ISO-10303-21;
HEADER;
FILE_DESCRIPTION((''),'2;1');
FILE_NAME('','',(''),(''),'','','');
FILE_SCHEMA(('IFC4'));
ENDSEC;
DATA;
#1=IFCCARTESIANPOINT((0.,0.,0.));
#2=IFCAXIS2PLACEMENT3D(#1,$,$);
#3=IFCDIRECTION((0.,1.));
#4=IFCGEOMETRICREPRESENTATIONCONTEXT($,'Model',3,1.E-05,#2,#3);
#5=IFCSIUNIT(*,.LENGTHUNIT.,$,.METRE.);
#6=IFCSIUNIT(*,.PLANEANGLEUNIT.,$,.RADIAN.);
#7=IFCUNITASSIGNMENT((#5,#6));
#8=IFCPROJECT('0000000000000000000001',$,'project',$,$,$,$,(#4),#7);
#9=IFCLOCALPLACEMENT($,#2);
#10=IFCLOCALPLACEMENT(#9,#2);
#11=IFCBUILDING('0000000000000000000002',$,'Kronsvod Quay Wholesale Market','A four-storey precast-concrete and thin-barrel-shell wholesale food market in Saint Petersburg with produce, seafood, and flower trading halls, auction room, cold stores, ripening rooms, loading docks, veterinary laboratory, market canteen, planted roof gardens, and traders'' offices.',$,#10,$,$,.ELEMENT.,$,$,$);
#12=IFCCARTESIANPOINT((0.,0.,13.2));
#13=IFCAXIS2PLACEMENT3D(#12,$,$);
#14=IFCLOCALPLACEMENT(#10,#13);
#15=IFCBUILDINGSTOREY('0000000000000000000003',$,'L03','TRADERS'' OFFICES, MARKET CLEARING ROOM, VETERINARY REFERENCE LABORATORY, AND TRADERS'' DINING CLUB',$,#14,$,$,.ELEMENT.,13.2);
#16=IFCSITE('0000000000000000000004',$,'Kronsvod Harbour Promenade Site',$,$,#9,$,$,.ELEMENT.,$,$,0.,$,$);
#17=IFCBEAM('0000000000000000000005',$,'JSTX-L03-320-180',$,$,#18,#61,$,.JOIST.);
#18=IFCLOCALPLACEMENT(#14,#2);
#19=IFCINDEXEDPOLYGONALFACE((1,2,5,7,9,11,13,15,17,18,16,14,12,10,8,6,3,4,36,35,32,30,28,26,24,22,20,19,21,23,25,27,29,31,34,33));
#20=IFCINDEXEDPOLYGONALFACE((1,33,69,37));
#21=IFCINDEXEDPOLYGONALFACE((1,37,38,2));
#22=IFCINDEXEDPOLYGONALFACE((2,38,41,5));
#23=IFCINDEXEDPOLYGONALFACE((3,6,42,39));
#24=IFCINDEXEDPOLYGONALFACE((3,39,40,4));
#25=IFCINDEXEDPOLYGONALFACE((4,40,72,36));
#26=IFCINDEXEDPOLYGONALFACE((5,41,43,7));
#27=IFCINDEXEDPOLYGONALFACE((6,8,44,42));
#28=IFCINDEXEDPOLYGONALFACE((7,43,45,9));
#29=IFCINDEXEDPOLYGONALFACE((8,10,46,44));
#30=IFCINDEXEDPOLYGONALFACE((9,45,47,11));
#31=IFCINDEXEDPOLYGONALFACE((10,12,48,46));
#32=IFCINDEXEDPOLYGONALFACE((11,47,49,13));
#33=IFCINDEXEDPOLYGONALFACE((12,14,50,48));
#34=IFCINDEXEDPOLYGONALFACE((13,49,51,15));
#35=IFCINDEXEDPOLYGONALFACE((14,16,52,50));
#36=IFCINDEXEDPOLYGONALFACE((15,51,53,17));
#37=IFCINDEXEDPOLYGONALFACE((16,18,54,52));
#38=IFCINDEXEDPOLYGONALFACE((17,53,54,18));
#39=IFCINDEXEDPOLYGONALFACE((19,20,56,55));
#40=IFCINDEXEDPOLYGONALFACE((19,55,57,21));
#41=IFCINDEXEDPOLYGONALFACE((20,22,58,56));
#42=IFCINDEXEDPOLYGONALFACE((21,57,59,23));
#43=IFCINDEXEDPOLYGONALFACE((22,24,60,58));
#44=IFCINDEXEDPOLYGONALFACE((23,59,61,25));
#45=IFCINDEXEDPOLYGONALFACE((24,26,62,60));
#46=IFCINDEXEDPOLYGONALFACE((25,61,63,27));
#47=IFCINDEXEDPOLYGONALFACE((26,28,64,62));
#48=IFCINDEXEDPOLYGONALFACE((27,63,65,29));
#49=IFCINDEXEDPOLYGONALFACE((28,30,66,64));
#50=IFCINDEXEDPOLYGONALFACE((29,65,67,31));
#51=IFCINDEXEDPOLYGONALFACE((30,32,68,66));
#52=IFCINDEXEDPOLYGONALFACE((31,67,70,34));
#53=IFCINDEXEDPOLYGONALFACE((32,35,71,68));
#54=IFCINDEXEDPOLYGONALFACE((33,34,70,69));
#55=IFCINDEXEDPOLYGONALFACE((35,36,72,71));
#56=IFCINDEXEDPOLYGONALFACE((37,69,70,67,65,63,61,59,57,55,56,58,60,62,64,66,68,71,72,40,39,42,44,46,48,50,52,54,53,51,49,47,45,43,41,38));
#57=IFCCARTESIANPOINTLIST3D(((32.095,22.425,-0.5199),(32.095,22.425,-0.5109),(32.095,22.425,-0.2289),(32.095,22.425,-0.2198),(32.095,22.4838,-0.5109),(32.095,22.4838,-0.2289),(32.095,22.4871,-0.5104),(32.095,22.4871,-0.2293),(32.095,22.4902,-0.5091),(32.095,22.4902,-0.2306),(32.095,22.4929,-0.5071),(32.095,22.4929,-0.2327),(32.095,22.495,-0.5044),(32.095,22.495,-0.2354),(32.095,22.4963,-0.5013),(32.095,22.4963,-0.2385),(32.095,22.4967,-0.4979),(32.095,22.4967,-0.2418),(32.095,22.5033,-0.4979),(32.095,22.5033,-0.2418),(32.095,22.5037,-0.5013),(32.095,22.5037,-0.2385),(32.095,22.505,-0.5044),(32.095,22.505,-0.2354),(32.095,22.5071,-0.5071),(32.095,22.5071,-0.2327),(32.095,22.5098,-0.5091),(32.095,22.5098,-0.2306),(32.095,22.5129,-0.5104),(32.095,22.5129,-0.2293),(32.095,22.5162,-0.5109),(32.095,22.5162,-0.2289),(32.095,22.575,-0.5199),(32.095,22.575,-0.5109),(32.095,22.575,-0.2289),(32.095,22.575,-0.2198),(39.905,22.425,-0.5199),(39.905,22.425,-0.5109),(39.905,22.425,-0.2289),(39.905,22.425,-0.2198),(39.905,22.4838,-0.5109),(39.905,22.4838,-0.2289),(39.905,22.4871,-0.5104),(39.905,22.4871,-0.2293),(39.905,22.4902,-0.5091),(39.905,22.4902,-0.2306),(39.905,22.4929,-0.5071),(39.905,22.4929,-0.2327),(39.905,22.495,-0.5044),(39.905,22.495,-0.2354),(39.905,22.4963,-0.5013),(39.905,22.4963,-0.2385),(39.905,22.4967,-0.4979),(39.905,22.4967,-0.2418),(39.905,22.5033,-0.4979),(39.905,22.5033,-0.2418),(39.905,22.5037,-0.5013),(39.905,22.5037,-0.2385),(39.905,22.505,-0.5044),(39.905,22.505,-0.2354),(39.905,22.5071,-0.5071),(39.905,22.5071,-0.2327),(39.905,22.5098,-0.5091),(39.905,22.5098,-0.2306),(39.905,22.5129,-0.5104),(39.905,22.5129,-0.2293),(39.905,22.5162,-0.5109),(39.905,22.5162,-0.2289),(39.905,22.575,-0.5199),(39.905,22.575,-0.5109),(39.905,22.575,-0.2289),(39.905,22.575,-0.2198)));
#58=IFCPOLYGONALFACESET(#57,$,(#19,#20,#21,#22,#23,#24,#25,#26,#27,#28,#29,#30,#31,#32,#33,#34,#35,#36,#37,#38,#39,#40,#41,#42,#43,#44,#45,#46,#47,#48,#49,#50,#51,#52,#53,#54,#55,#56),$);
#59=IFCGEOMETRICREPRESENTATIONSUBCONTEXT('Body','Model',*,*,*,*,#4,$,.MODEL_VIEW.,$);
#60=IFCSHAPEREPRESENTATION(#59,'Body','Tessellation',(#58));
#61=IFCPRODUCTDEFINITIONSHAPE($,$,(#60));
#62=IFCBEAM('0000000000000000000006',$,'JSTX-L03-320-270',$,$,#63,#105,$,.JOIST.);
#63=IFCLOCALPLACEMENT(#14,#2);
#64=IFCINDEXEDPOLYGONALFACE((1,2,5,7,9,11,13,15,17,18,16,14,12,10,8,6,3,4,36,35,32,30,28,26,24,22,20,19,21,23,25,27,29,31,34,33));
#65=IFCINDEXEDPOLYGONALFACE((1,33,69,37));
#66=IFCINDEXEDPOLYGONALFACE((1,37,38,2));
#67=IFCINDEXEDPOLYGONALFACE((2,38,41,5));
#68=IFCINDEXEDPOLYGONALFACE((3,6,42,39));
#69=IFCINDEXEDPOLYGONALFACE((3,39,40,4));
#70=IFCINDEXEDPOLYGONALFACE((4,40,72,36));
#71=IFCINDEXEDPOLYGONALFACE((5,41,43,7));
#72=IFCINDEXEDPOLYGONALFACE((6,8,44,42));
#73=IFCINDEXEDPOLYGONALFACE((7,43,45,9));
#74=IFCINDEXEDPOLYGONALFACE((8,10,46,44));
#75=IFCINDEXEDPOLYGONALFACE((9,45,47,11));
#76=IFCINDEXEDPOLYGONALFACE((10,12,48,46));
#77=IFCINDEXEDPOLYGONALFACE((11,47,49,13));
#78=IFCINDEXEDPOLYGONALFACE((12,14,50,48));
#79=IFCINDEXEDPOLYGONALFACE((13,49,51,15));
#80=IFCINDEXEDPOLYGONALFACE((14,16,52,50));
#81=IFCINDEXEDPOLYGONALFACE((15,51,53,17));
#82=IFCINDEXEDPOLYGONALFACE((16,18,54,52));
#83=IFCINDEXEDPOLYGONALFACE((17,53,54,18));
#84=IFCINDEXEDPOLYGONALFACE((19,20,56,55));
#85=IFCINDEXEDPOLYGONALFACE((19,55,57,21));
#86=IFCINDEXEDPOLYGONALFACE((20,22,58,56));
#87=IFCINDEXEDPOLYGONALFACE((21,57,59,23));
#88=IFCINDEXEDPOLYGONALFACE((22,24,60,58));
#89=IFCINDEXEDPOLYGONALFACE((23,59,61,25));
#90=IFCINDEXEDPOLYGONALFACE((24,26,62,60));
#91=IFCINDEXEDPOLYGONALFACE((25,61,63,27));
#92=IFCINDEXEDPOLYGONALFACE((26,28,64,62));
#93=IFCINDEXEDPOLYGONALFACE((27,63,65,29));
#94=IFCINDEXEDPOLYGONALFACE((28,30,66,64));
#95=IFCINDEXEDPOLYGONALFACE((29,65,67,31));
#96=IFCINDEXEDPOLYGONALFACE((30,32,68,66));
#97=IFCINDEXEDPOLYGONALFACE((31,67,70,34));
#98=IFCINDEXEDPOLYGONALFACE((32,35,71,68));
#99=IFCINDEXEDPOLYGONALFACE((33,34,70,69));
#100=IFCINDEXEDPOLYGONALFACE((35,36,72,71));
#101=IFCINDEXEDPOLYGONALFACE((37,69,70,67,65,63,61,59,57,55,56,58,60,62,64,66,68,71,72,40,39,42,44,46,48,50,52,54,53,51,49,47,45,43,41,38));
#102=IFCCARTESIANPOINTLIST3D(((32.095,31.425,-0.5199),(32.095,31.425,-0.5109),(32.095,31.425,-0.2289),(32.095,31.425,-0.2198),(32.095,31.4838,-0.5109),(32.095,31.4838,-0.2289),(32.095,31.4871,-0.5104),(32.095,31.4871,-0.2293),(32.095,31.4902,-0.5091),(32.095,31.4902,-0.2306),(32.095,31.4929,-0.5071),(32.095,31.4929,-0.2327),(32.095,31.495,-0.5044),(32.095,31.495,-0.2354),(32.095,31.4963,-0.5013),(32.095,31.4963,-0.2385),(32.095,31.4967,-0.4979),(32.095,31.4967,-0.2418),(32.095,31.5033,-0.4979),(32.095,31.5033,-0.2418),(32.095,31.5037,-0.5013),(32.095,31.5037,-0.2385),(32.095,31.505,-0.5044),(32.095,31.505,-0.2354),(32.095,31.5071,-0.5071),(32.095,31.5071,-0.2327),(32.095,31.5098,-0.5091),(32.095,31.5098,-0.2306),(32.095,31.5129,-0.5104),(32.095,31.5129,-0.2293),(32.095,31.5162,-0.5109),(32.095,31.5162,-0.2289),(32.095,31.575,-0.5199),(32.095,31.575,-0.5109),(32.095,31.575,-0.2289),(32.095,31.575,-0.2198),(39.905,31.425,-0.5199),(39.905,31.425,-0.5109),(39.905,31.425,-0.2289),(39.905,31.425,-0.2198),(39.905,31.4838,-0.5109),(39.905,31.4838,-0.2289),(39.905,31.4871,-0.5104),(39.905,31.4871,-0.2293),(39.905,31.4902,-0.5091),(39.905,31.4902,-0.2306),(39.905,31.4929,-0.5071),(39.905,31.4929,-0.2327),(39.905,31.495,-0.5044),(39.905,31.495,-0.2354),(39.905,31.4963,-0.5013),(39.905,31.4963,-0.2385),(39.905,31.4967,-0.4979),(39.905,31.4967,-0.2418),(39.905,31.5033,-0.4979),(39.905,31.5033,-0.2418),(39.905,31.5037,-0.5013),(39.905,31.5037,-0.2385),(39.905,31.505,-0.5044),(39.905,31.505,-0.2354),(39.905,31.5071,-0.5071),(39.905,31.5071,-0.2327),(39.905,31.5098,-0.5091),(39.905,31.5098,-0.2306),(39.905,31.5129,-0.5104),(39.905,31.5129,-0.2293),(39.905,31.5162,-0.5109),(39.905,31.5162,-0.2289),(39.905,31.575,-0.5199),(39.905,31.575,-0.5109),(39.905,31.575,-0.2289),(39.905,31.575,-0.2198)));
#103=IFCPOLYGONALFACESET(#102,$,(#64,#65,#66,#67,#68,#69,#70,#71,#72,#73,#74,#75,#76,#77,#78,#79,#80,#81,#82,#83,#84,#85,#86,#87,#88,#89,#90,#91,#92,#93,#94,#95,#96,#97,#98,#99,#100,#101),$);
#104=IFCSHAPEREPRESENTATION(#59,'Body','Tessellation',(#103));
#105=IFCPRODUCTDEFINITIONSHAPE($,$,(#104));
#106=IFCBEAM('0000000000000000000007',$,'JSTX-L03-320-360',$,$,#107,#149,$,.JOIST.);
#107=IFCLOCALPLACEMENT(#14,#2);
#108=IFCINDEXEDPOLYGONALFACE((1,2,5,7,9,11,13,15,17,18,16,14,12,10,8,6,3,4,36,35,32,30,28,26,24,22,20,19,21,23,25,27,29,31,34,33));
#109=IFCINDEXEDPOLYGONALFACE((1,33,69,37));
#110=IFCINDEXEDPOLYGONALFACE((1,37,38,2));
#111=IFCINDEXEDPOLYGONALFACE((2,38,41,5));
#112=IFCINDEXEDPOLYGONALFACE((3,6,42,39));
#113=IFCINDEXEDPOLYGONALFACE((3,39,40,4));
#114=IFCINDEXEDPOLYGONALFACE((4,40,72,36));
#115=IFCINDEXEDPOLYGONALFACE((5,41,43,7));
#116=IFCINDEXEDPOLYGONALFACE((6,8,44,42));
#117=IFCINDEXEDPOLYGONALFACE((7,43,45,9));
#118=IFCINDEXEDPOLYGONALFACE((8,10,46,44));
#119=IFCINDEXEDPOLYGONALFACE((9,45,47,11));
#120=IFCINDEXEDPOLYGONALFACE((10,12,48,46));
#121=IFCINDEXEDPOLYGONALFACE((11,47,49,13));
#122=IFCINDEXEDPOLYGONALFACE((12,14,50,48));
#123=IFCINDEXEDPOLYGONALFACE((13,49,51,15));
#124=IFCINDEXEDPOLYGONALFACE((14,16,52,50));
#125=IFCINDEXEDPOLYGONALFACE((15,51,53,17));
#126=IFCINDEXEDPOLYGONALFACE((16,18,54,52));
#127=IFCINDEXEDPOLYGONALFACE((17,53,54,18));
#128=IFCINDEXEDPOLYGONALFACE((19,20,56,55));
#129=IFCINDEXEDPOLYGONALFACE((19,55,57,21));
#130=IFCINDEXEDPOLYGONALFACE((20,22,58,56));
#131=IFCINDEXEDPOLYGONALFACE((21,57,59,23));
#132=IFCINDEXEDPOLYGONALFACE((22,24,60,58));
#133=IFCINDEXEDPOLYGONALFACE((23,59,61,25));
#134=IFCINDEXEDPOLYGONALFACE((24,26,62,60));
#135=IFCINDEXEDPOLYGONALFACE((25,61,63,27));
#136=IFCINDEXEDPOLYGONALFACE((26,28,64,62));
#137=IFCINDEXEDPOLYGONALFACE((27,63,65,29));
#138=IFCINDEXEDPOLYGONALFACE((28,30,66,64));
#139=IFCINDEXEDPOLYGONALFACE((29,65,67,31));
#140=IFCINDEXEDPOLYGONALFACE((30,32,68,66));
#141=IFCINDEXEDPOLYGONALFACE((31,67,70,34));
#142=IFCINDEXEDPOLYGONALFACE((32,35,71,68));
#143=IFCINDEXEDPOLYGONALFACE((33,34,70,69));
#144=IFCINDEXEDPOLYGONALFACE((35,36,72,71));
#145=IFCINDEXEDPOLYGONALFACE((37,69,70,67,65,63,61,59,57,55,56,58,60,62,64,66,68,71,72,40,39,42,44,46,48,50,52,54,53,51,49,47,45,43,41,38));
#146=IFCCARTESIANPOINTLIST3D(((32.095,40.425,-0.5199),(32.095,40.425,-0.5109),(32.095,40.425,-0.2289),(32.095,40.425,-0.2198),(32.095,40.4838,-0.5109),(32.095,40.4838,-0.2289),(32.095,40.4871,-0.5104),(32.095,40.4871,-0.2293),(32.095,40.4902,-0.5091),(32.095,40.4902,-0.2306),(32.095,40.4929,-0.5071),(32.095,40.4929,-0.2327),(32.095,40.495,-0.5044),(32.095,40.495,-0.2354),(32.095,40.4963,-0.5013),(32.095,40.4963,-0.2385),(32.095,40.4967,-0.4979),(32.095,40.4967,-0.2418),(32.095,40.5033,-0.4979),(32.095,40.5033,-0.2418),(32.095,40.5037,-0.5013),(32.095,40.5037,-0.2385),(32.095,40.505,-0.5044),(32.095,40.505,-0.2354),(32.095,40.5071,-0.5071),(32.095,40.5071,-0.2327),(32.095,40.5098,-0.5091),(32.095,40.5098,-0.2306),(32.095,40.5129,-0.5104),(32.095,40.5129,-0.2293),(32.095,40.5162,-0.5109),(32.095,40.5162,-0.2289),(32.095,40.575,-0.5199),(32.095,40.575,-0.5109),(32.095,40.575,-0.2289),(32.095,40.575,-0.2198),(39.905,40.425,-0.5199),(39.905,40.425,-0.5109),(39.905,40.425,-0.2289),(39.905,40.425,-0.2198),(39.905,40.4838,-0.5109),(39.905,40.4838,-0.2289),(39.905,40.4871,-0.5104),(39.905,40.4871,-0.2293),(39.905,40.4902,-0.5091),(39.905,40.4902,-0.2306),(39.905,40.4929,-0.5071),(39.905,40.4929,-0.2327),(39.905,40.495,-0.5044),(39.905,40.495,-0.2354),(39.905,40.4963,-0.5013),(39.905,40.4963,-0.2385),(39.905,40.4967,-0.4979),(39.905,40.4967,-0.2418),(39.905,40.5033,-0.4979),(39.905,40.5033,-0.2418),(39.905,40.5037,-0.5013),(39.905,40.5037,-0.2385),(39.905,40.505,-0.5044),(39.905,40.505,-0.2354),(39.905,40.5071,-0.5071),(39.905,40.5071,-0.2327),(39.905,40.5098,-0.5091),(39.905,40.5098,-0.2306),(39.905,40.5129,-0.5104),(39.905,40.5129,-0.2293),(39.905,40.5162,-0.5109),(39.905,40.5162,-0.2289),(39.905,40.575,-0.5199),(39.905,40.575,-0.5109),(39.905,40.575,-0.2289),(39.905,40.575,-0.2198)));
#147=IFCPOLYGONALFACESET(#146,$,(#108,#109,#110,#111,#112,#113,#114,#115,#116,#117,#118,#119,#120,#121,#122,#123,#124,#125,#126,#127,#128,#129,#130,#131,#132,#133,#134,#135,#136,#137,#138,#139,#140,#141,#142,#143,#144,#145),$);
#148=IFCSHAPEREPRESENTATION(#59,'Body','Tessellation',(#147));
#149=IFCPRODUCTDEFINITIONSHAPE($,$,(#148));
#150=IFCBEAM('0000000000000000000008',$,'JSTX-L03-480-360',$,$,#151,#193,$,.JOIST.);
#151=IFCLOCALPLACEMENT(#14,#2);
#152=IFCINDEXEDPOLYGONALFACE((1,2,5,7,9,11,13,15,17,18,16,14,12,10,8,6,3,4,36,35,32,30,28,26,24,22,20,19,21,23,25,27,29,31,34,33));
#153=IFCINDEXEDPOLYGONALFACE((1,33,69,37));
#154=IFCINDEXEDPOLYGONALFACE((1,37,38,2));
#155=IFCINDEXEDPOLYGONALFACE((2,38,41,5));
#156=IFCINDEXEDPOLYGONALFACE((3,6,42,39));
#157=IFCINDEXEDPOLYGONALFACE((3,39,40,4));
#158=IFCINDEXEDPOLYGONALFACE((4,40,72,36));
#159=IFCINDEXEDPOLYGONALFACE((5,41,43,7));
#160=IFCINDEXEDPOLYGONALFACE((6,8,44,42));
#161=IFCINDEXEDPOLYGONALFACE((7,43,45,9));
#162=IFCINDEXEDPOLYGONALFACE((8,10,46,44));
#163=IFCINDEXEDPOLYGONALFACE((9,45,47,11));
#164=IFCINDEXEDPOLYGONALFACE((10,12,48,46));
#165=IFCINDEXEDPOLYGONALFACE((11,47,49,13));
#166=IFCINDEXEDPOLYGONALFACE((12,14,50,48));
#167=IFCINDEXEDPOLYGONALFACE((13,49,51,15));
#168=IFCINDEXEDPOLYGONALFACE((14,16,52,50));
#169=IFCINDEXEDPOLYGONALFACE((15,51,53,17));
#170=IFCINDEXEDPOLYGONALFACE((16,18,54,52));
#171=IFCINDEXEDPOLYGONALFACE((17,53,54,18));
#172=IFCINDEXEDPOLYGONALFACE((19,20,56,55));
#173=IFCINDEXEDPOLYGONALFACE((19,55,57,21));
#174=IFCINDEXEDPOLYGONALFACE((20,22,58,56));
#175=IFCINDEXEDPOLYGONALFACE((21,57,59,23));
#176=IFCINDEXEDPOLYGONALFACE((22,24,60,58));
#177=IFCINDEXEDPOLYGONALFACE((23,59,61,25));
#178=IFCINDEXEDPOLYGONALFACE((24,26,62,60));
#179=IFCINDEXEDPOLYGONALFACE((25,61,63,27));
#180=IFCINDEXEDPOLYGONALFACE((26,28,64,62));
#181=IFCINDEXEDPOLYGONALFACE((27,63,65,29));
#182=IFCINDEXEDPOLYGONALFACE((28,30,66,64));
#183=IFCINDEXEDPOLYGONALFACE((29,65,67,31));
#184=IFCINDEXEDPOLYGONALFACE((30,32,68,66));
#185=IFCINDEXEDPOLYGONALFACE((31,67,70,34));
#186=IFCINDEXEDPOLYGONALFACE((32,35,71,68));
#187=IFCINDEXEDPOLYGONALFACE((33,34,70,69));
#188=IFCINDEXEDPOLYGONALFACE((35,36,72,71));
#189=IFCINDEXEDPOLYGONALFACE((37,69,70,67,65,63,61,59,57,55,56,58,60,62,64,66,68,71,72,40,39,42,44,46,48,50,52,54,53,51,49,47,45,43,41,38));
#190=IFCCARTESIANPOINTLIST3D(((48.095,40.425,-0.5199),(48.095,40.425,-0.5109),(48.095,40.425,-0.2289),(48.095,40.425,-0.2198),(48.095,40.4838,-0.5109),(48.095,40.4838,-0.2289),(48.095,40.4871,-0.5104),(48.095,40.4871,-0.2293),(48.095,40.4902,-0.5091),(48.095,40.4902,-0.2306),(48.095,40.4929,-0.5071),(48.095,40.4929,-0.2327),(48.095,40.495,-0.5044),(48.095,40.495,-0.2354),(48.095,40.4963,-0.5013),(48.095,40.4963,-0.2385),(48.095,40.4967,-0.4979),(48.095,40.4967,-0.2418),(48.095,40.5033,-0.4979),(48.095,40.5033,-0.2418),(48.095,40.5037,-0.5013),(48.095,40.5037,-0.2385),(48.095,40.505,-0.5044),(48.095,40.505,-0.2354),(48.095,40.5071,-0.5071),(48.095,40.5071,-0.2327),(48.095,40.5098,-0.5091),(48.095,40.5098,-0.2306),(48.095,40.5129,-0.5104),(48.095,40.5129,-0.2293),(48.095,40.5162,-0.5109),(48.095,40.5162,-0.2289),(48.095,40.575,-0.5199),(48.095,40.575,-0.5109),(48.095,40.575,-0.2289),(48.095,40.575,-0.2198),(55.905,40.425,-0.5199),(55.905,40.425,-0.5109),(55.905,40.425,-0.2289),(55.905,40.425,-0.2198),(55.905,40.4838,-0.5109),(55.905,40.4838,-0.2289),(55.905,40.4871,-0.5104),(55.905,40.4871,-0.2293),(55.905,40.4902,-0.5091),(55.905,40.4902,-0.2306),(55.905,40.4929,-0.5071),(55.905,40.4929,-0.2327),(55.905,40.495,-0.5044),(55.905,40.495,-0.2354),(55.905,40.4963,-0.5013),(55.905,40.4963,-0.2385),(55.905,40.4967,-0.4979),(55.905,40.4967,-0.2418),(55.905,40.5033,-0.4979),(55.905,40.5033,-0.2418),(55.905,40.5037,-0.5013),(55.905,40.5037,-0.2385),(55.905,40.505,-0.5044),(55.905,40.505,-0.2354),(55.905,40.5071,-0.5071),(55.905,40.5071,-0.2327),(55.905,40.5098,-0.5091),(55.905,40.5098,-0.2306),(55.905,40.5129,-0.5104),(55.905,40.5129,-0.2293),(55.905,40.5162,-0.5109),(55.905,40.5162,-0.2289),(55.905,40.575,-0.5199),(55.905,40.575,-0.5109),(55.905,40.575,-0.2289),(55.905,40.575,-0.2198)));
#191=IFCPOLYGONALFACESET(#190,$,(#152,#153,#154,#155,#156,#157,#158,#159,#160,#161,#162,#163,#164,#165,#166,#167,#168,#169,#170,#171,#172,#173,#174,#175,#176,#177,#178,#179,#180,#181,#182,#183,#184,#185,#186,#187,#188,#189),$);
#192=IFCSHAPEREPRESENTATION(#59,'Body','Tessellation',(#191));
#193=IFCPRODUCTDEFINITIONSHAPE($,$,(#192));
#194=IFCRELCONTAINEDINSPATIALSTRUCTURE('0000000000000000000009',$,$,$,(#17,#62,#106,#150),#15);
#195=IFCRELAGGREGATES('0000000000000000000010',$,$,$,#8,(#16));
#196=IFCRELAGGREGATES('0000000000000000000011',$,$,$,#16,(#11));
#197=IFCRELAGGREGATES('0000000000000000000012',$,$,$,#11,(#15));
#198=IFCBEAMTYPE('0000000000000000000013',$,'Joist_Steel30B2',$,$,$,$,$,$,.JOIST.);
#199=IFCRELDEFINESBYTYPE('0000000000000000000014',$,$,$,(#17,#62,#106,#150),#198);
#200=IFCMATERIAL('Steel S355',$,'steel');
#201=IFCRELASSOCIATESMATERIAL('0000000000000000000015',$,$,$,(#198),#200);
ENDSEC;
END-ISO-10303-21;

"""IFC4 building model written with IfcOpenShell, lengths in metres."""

from ifc_helpers import new_model, si_unit, direction, frame, origin, origin_2d, place, context, subcontext, project, spatial, i_section, extrude, material, material_profile, profile_set, type_object, element, save


model = new_model("IFC4")

# Units and contexts
model_context = context("Model", 3, precision=1e-05, world=origin(), true_north=direction((0.0, 1.0)))
body_context = subcontext(model_context, "Body", "Model", "MODEL_VIEW")
ifc_project = project(units=[si_unit("LENGTHUNIT", "METRE"), si_unit("PLANEANGLEUNIT", "RADIAN")], contexts=[model_context])

# Site, building, storey
site_placement = place(None, origin())
site = spatial("IfcSite", under=ifc_project, at=site_placement, Name="Kronsvod Harbour Promenade Site", CompositionType="ELEMENT", RefElevation=0.0)
building_placement = place(site_placement, origin())
building = spatial("IfcBuilding", under=site, at=building_placement, Name="Kronsvod Quay Wholesale Market", Description="A four-storey precast-concrete and thin-barrel-shell wholesale food market in Saint Petersburg with produce, seafood, and flower trading halls, auction room, cold stores, ripening rooms, loading docks, veterinary laboratory, market canteen, planted roof gardens, and traders' offices.", CompositionType="ELEMENT")
storey_placement = place(building_placement, frame((0.0, 0.0, 13.2)))
storey = spatial("IfcBuildingStorey", under=building, at=storey_placement, Name="L03", Description="TRADERS' OFFICES, MARKET CLEARING ROOM, VETERINARY REFERENCE LABORATORY, AND TRADERS' DINING CLUB", CompositionType="ELEMENT", Elevation=13.2)

# Beams
ifc_material_1 = material(Name="Steel S355", Category="steel")
ifc_material_profile_1 = material_profile(ifc_material_1, i_section(OverallWidth=0.1499, OverallDepth=0.3, WebThickness=0.0066, FlangeThickness=0.009, FilletRadius=0.0129, at=origin_2d()), Name="30B2")
ifc_profile_set_1 = profile_set([ifc_material_profile_1], Name="Steel S355")
beam_type_1 = type_object("IfcBeamType", Name="Joist_Steel30B2", PredefinedType="JOIST", material=ifc_profile_set_1)
for number, where, z_axis, x_axis, name in (
    (1, (32.095, 22.5, -0.3699), (1.0, 0.0, 0.0), (0.0, 1.0, 0.0), "JSTX-L03-320-180"),
    (2, (32.095, 31.5, -0.3699), (1.0, 0.0, 0.0), (0.0, 1.0, 0.0), "JSTX-L03-320-270"),
    (3, (32.095, 40.5, -0.3699), (1.0, 0.0, 0.0), (0.0, 1.0, 0.0), "JSTX-L03-320-360"),
    (4, (48.095, 40.5, -0.3699), (1.0, 0.0, 0.0), (0.0, 1.0, 0.0), "JSTX-L03-480-360"),
):
    element("IfcBeam", number, at=place(storey_placement, frame(where, z_axis=z_axis, x_axis=x_axis)), inside=storey, type_object=beam_type_1, Name=name, PredefinedType="JOIST", context=body_context, shape_type="SweptSolid", body=[
        extrude(i_section(OverallWidth=0.1499, OverallDepth=0.3, WebThickness=0.0066, FlangeThickness=0.009, FilletRadius=0.0129, at=origin_2d()), origin(), (0.0, 0.0, 1.0), 7.8101),
    ])

save(model, "model.ifc")
